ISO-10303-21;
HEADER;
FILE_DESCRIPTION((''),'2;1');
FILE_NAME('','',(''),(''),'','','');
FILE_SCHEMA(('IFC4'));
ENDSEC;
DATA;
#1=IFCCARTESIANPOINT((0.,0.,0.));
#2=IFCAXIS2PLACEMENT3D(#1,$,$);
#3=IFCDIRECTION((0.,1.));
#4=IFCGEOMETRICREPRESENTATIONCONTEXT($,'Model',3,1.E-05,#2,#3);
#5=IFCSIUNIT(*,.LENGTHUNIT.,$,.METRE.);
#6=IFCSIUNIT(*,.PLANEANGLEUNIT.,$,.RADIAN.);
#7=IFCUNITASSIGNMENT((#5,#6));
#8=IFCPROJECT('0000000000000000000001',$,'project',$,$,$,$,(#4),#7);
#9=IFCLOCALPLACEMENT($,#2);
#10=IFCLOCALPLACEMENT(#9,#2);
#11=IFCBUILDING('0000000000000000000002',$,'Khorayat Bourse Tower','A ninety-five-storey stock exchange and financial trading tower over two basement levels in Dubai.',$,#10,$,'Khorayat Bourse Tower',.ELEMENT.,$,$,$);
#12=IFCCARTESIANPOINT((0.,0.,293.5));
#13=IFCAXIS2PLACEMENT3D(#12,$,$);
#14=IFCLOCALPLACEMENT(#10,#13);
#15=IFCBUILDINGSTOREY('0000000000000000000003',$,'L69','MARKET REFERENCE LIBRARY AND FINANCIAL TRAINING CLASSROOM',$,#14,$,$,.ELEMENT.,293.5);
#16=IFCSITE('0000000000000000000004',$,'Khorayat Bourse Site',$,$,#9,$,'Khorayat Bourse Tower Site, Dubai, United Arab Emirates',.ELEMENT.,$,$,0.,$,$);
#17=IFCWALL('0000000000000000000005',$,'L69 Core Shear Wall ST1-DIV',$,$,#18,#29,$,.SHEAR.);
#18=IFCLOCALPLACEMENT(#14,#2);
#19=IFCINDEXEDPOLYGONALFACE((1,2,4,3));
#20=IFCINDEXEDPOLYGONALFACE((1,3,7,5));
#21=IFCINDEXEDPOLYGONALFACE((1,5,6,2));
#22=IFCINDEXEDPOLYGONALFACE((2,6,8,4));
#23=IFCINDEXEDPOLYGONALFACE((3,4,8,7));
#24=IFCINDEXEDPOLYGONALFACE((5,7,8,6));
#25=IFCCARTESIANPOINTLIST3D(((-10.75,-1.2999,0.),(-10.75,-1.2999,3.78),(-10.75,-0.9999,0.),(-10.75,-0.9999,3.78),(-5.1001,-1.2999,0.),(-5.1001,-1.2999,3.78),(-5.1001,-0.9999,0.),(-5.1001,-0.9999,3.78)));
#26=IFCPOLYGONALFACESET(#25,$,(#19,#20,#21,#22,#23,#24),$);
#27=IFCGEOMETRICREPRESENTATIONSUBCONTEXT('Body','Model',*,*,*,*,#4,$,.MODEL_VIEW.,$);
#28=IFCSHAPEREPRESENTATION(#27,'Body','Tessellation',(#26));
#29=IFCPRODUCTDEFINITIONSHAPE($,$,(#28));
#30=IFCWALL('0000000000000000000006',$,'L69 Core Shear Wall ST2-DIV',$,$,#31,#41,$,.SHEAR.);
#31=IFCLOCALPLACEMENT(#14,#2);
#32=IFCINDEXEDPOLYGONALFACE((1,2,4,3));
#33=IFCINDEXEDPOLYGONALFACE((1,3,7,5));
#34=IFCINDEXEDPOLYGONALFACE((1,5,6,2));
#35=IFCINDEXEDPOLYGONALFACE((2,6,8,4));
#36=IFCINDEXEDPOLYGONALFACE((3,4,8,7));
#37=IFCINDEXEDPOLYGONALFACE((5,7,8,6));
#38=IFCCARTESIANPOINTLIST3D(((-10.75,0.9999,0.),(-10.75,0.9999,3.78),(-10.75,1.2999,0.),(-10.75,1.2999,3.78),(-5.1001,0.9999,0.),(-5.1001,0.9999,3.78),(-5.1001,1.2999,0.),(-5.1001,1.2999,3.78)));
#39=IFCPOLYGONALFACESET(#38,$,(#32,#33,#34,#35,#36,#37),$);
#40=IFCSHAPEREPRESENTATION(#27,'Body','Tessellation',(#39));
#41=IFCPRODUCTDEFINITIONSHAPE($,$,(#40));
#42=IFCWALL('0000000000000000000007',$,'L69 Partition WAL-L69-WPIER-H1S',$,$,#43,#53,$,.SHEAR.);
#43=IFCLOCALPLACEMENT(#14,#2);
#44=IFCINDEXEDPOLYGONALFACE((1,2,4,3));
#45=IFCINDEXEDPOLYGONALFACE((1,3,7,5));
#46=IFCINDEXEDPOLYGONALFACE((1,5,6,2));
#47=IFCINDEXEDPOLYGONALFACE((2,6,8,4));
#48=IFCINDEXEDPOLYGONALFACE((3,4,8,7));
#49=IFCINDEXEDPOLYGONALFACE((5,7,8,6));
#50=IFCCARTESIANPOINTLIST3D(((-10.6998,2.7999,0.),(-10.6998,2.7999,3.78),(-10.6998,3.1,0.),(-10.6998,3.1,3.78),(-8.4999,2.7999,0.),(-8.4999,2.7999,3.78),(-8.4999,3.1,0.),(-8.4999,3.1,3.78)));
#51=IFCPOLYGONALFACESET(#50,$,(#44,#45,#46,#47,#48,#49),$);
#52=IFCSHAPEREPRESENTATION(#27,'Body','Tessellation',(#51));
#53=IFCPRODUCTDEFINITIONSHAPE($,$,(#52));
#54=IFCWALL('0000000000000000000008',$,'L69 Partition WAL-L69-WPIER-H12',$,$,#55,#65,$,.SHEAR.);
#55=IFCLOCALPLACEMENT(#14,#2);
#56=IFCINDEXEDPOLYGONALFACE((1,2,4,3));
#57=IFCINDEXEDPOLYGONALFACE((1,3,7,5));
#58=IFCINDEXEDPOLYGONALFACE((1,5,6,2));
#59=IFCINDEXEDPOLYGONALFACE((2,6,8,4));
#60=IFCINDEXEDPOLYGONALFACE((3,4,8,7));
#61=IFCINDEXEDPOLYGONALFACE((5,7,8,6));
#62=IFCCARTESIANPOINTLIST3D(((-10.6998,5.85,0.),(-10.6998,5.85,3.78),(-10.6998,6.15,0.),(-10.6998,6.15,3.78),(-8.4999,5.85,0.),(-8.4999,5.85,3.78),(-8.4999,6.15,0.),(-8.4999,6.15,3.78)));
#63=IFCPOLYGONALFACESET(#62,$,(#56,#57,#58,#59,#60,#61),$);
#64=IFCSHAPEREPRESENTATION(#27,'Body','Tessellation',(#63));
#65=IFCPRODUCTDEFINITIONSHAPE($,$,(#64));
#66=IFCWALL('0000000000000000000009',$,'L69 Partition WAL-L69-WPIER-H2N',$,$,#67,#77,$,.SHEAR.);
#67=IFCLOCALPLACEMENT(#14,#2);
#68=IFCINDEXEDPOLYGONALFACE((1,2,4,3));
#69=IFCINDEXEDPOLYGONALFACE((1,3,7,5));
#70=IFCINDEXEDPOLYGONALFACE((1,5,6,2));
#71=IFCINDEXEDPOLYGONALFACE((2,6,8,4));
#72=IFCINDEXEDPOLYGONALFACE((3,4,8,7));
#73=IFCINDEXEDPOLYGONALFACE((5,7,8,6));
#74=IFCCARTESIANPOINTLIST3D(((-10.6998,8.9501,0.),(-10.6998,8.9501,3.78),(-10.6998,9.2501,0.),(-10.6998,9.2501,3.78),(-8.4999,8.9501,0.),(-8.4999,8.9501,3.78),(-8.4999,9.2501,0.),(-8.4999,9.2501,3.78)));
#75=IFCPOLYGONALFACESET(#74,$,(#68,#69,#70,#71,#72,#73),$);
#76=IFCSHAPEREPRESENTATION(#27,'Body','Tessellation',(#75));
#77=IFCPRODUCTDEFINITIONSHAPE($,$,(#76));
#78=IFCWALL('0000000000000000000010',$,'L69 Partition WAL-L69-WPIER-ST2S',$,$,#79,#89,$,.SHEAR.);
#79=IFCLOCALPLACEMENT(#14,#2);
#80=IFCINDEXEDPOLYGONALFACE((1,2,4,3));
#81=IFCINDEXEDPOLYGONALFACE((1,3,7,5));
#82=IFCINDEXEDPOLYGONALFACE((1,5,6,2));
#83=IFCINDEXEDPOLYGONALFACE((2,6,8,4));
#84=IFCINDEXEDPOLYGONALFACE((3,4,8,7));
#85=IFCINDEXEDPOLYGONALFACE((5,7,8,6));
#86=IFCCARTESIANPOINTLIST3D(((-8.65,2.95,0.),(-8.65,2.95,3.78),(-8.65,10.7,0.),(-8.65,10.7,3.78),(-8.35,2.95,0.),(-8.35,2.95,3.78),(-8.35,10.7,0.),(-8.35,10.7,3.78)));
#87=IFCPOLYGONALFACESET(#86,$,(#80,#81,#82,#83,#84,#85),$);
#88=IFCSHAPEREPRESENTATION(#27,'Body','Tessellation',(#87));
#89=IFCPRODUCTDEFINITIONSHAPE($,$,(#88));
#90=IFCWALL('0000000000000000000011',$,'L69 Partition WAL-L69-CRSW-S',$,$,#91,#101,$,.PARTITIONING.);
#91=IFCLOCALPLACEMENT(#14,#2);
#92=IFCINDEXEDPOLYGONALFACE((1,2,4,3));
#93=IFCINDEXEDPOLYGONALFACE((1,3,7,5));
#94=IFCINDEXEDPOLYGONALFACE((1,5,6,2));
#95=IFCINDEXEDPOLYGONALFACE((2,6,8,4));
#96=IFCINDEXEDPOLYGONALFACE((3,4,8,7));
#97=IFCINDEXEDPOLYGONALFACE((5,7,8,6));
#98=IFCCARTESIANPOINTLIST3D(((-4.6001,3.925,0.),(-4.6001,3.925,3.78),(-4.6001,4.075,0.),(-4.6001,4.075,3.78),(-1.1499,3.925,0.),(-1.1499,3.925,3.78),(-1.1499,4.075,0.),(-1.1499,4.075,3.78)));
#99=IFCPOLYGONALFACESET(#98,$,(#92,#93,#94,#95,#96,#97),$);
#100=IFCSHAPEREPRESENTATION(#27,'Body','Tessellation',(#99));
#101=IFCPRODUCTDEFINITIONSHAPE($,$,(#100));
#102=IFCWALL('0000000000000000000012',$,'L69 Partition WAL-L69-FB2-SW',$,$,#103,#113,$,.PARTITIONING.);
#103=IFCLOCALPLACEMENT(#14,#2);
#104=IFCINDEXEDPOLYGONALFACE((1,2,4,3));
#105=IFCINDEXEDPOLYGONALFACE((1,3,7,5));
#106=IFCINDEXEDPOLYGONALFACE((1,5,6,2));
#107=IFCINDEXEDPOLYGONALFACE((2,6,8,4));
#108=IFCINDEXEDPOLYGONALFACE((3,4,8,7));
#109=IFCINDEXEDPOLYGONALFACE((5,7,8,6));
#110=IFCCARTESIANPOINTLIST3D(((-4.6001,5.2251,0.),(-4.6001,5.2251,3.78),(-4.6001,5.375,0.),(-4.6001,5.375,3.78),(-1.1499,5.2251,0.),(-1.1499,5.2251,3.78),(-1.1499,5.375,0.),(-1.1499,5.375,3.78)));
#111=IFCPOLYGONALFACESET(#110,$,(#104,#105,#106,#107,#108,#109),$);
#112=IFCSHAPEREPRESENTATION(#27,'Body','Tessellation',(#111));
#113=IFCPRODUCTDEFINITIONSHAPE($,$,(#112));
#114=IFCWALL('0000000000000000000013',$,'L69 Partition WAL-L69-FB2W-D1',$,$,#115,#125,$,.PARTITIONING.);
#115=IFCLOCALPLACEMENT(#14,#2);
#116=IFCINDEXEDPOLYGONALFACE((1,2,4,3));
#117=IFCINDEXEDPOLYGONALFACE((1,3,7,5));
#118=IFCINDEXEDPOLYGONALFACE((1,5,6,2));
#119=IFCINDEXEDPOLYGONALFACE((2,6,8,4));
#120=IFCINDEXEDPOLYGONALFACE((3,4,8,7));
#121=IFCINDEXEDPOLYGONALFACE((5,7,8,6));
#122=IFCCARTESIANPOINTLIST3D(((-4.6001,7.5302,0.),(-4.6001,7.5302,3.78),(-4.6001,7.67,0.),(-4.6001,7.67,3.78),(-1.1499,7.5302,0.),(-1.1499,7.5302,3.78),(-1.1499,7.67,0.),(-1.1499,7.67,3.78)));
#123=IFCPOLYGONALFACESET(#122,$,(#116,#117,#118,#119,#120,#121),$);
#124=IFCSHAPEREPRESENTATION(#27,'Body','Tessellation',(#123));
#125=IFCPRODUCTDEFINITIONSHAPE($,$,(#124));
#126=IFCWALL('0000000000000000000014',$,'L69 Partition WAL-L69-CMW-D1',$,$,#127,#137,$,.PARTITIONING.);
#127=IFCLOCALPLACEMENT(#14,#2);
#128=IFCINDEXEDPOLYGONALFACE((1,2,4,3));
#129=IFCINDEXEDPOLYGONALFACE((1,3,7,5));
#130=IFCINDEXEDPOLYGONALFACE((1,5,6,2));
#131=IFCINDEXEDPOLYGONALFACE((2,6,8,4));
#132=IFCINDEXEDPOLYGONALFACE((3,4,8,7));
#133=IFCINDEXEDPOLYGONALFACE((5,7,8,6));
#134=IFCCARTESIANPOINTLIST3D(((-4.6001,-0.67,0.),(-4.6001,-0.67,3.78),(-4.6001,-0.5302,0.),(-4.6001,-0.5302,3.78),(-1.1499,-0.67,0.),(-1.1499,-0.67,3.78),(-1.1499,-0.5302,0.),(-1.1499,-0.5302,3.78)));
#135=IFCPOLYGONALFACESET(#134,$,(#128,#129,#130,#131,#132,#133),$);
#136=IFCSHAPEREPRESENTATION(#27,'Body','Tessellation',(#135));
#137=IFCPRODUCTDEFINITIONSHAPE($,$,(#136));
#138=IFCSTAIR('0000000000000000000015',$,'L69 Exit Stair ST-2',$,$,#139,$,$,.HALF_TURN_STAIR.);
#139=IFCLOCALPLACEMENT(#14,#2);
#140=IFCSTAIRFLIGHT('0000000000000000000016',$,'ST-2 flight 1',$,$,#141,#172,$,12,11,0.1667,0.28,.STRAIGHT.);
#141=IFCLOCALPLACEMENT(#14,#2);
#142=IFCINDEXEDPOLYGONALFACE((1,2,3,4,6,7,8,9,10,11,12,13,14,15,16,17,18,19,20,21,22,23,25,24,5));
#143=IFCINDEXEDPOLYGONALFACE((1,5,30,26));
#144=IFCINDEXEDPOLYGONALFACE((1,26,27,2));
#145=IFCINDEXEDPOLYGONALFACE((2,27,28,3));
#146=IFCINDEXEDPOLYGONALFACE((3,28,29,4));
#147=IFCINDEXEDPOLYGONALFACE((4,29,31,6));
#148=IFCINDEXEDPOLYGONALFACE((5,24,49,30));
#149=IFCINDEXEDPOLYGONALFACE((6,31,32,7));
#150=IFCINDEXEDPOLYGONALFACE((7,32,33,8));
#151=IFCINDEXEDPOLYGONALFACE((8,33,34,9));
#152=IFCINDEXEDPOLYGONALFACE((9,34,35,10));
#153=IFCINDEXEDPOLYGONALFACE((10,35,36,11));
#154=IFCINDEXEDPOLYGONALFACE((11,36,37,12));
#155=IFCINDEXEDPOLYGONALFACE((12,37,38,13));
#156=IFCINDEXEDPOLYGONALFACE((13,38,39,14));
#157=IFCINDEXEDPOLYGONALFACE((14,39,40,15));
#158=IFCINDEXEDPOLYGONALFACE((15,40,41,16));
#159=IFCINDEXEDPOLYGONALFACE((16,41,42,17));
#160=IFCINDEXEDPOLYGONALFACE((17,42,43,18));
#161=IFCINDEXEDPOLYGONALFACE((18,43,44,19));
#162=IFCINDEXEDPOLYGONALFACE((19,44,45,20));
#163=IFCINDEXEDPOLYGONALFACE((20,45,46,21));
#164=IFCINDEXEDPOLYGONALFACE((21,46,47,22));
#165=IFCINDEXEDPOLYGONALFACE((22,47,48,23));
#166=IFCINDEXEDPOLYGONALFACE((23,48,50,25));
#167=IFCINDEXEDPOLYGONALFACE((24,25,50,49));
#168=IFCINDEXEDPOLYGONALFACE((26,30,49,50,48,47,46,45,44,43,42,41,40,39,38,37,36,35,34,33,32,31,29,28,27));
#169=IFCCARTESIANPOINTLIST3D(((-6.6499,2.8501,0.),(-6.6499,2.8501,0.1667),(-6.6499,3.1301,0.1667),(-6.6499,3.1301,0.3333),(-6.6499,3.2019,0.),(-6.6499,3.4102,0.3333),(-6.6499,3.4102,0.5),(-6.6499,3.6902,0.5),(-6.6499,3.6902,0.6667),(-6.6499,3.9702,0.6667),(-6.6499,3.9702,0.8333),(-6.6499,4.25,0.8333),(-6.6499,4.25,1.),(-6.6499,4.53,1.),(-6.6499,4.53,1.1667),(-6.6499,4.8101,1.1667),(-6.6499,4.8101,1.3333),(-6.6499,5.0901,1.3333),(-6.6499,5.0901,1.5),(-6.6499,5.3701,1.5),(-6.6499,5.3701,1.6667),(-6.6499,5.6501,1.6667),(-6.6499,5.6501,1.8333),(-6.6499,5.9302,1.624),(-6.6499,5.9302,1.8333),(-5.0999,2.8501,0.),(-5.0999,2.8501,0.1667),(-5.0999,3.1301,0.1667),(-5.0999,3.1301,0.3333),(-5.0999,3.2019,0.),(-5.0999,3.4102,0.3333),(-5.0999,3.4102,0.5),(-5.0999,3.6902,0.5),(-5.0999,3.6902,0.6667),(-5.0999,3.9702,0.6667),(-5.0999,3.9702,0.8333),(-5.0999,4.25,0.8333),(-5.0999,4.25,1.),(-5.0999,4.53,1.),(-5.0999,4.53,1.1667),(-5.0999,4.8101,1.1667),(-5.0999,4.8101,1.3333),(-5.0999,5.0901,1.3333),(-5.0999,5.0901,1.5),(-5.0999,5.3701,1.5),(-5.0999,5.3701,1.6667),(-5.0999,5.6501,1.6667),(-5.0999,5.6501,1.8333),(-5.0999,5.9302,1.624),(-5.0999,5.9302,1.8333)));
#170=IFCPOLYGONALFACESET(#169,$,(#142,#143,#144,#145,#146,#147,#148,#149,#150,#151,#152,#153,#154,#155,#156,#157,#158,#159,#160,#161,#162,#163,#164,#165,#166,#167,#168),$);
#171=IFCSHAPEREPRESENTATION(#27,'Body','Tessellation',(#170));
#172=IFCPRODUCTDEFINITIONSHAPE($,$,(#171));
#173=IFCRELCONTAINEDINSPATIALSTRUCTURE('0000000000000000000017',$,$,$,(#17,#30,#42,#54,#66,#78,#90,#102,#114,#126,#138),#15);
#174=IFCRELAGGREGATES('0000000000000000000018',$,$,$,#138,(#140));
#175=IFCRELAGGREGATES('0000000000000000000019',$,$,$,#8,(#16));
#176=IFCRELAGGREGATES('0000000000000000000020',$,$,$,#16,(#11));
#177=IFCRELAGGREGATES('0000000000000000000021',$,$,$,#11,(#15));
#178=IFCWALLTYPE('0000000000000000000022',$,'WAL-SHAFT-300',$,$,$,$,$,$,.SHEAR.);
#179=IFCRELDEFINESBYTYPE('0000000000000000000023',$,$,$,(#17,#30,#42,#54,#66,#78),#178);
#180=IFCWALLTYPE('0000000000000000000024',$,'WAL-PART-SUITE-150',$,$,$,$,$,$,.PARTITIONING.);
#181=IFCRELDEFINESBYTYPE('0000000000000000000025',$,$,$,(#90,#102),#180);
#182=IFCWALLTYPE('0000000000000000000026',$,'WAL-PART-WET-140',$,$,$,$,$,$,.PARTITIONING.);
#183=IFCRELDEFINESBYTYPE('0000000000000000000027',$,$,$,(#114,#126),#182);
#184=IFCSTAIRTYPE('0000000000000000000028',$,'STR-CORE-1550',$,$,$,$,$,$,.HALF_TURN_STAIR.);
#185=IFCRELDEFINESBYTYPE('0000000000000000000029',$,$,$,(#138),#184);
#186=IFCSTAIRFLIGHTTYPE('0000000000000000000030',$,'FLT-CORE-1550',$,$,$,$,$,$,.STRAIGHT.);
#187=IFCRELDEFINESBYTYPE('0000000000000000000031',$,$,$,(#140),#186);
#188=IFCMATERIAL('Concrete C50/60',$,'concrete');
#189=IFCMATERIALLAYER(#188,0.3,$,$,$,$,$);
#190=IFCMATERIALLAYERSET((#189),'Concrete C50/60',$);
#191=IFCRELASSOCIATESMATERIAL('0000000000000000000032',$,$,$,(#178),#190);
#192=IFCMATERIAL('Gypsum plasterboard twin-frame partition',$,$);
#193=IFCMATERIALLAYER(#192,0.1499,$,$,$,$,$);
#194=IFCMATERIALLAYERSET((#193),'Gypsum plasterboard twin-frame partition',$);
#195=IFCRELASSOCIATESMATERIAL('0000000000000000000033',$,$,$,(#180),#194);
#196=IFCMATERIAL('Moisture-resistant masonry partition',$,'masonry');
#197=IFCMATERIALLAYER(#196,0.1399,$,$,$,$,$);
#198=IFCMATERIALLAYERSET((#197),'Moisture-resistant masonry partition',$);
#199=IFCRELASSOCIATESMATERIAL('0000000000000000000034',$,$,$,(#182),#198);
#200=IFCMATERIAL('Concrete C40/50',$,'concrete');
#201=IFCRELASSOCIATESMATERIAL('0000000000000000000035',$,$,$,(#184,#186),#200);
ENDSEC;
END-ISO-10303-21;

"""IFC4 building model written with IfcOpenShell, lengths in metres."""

from ifc_helpers import new_model, si_unit, direction, frame, frame_2d, origin, place, context, subcontext, project, spatial, polyline, rectangle, outline, extrude, source, transform, mapped, material, layer, layer_set, type_object, element, aggregate, save


model = new_model("IFC4")

# Units and contexts
model_context = context("Model", 3, precision=1e-05, world=origin(), true_north=direction((0.0, 1.0)))
body_context = subcontext(model_context, "Body", "Model", "MODEL_VIEW")
ifc_project = project(units=[si_unit("LENGTHUNIT", "METRE"), si_unit("PLANEANGLEUNIT", "RADIAN")], contexts=[model_context])

# Site, building, storey
site_placement = place(None, origin())
site = spatial("IfcSite", under=ifc_project, at=site_placement, Name="Khorayat Bourse Site", LongName="Khorayat Bourse Tower Site, Dubai, United Arab Emirates", CompositionType="ELEMENT", RefElevation=0.0)
building_placement = place(site_placement, origin())
building = spatial("IfcBuilding", under=site, at=building_placement, Name="Khorayat Bourse Tower", Description="A ninety-five-storey stock exchange and financial trading tower over two basement levels in Dubai.", LongName="Khorayat Bourse Tower", CompositionType="ELEMENT")
storey_placement = place(building_placement, frame((0.0, 0.0, 293.5)))
storey = spatial("IfcBuildingStorey", under=building, at=storey_placement, Name="L69", Description="MARKET REFERENCE LIBRARY AND FINANCIAL TRAINING CLASSROOM", CompositionType="ELEMENT", Elevation=293.5)

# Walls
ifc_material_1 = material(Name="Concrete C50/60", Category="concrete")
ifc_layer_1 = layer(ifc_material_1, 0.3)
ifc_layer_set_1 = layer_set([ifc_layer_1], Name="Concrete C50/60")
wall_type_1 = type_object("IfcWallType", Name="WAL-SHAFT-300", PredefinedType="SHEAR", material=ifc_layer_set_1)
shared_shape_1 = source(origin(), body_context, "Body", "SweptSolid", [
    extrude(rectangle(XDim=5.6499, YDim=0.3, at=frame_2d((2.825, 0.0))), origin(), (0.0, 0.0, 1.0), 3.78),
])
for number, where, z_axis, x_axis, name in (
    (1, (-10.75, -1.1499, 0.0), (0.0, 0.0, 1.0), (1.0, 0.0, 0.0), "L69 Core Shear Wall ST1-DIV"),
    (2, (-10.75, 1.1499, 0.0), (0.0, 0.0, 1.0), (1.0, 0.0, 0.0), "L69 Core Shear Wall ST2-DIV"),
):
    element("IfcWall", number, at=place(storey_placement, frame(where, z_axis=z_axis, x_axis=x_axis)), inside=storey, type_object=wall_type_1, Name=name, PredefinedType="SHEAR", context=body_context, shape_type="MappedRepresentation", body=[
        mapped(shared_shape_1, transform((0.0, 0.0, 0.0), scale=1.0)),
    ])
shared_shape_2 = source(origin(), body_context, "Body", "SweptSolid", [
    extrude(rectangle(XDim=2.2, YDim=0.3, at=frame_2d((1.1001, 0.0))), origin(), (0.0, 0.0, 1.0), 3.78),
])
for number, where, z_axis, x_axis, name in (
    (3, (-10.7, 2.95, 0.0), (0.0, 0.0, 1.0), (1.0, 0.0, 0.0), "L69 Partition WAL-L69-WPIER-H1S"),
    (4, (-10.7, 6.0, 0.0), (0.0, 0.0, 1.0), (1.0, 0.0, 0.0), "L69 Partition WAL-L69-WPIER-H12"),
    (5, (-10.7, 9.1001, 0.0), (0.0, 0.0, 1.0), (1.0, 0.0, 0.0), "L69 Partition WAL-L69-WPIER-H2N"),
):
    element("IfcWall", number, at=place(storey_placement, frame(where, z_axis=z_axis, x_axis=x_axis)), inside=storey, type_object=wall_type_1, Name=name, PredefinedType="SHEAR", context=body_context, shape_type="MappedRepresentation", body=[
        mapped(shared_shape_2, transform((0.0, 0.0, 0.0), scale=1.0)),
    ])
shared_shape_3 = source(origin(), body_context, "Body", "SweptSolid", [
    extrude(rectangle(XDim=7.75, YDim=0.3, at=frame_2d((3.875, 0.0))), origin(), (0.0, 0.0, 1.0), 3.78),
])
wall_placement = place(storey_placement, frame((-8.5, 2.95, 0.0), z_axis=(0.0, 0.0, 1.0), x_axis=(0.0, 1.0, 0.0)))
element("IfcWall", 6, at=wall_placement, inside=storey, type_object=wall_type_1, Name="L69 Partition WAL-L69-WPIER-ST2S", PredefinedType="SHEAR", context=body_context, shape_type="MappedRepresentation", body=[
    mapped(shared_shape_3, transform((0.0, 0.0, 0.0), scale=1.0)),
])
ifc_material_2 = material(Name="Gypsum plasterboard twin-frame partition")
ifc_layer_2 = layer(ifc_material_2, 0.1499)
ifc_layer_set_2 = layer_set([ifc_layer_2], Name="Gypsum plasterboard twin-frame partition")
wall_type_2 = type_object("IfcWallType", Name="WAL-PART-SUITE-150", PredefinedType="PARTITIONING", material=ifc_layer_set_2)
shared_shape_4 = source(origin(), body_context, "Body", "SweptSolid", [
    extrude(rectangle(XDim=3.4502, YDim=0.1499, at=frame_2d((1.7251, 0.0))), origin(), (0.0, 0.0, 1.0), 3.78),
])
for number, where, z_axis, x_axis, name in (
    (7, (-4.6001, 4.0, 0.0), (0.0, 0.0, 1.0), (1.0, 0.0, 0.0), "L69 Partition WAL-L69-CRSW-S"),
    (8, (-4.6001, 5.3, 0.0), (0.0, 0.0, 1.0), (1.0, 0.0, 0.0), "L69 Partition WAL-L69-FB2-SW"),
):
    element("IfcWall", number, at=place(storey_placement, frame(where, z_axis=z_axis, x_axis=x_axis)), inside=storey, type_object=wall_type_2, Name=name, PredefinedType="PARTITIONING", context=body_context, shape_type="MappedRepresentation", body=[
        mapped(shared_shape_4, transform((0.0, 0.0, 0.0), scale=1.0)),
    ])
ifc_material_3 = material(Name="Moisture-resistant masonry partition", Category="masonry")
ifc_layer_3 = layer(ifc_material_3, 0.1399)
ifc_layer_set_3 = layer_set([ifc_layer_3], Name="Moisture-resistant masonry partition")
wall_type_3 = type_object("IfcWallType", Name="WAL-PART-WET-140", PredefinedType="PARTITIONING", material=ifc_layer_set_3)
shared_shape_5 = source(origin(), body_context, "Body", "SweptSolid", [
    extrude(rectangle(XDim=3.4502, YDim=0.1399, at=frame_2d((1.7251, 0.0))), origin(), (0.0, 0.0, 1.0), 3.78),
])
for number, where, z_axis, x_axis, name in (
    (9, (-4.6001, 7.6001, 0.0), (0.0, 0.0, 1.0), (1.0, 0.0, 0.0), "L69 Partition WAL-L69-FB2W-D1"),
    (10, (-4.6001, -0.6001, 0.0), (0.0, 0.0, 1.0), (1.0, 0.0, 0.0), "L69 Partition WAL-L69-CMW-D1"),
):
    element("IfcWall", number, at=place(storey_placement, frame(where, z_axis=z_axis, x_axis=x_axis)), inside=storey, type_object=wall_type_3, Name=name, PredefinedType="PARTITIONING", context=body_context, shape_type="MappedRepresentation", body=[
        mapped(shared_shape_5, transform((0.0, 0.0, 0.0), scale=1.0)),
    ])

# Stair, stair flight
ifc_material_4 = material(Name="Concrete C40/50", Category="concrete")
stair_type = type_object("IfcStairType", Name="STR-CORE-1550", PredefinedType="HALF_TURN_STAIR", material=ifc_material_4)
stair_placement = place(storey_placement, origin())
stair = element("IfcStair", 11, at=stair_placement, inside=storey, type_object=stair_type, Name="L69 Exit Stair ST-2", PredefinedType="HALF_TURN_STAIR")
stair_flight_type = type_object("IfcStairFlightType", Name="FLT-CORE-1550", PredefinedType="STRAIGHT", material=ifc_material_4)
shared_shape_6 = source(origin(), body_context, "Body", "SweptSolid", [
    extrude(outline(polyline([(0.0, 0.0), (0.0, 0.1667), (0.28, 0.1667), (0.28, 0.3333), (0.5601, 0.3333), (0.5601, 0.5), (0.8401, 0.5), (0.8401, 0.6667), (1.1201, 0.6667), (1.1201, 0.8333), (1.3999, 0.8333), (1.3999, 1.0), (1.6799, 1.0), (1.6799, 1.1667), (1.96, 1.1667), (1.96, 1.3333), (2.24, 1.3333), (2.24, 1.5), (2.52, 1.5), (2.52, 1.6667), (2.8, 1.6667), (2.8, 1.8333), (3.0801, 1.8333), (3.0801, 2.0), (3.0801, 1.624), (0.3518, 0.0), (0.0, 0.0)])), frame((0.0, 0.7749, 0.0), z_axis=(0.0, -1.0, 0.0), x_axis=(1.0, 0.0, 0.0)), (0.0, 0.0, 1.0), 1.55),
])
stair_flight_1_placement = place(storey_placement, frame((-5.875, 2.8501, 0.0), z_axis=(0.0, 0.0, 1.0), x_axis=(0.0, 1.0, 0.0)))
stair_flight_1 = element("IfcStairFlight", 12, at=stair_flight_1_placement, type_object=stair_flight_type, Name="ST-2 flight 1", NumberOfRisers=12, NumberOfTreads=11, PredefinedType="STRAIGHT", RiserHeight=0.1667, TreadLength=0.28, context=body_context, shape_type="MappedRepresentation", body=[
    mapped(shared_shape_6, transform((0.0, 0.0, 0.0), scale=1.0)),
])
aggregate(stair, [stair_flight_1])

save(model, "model.ifc")
